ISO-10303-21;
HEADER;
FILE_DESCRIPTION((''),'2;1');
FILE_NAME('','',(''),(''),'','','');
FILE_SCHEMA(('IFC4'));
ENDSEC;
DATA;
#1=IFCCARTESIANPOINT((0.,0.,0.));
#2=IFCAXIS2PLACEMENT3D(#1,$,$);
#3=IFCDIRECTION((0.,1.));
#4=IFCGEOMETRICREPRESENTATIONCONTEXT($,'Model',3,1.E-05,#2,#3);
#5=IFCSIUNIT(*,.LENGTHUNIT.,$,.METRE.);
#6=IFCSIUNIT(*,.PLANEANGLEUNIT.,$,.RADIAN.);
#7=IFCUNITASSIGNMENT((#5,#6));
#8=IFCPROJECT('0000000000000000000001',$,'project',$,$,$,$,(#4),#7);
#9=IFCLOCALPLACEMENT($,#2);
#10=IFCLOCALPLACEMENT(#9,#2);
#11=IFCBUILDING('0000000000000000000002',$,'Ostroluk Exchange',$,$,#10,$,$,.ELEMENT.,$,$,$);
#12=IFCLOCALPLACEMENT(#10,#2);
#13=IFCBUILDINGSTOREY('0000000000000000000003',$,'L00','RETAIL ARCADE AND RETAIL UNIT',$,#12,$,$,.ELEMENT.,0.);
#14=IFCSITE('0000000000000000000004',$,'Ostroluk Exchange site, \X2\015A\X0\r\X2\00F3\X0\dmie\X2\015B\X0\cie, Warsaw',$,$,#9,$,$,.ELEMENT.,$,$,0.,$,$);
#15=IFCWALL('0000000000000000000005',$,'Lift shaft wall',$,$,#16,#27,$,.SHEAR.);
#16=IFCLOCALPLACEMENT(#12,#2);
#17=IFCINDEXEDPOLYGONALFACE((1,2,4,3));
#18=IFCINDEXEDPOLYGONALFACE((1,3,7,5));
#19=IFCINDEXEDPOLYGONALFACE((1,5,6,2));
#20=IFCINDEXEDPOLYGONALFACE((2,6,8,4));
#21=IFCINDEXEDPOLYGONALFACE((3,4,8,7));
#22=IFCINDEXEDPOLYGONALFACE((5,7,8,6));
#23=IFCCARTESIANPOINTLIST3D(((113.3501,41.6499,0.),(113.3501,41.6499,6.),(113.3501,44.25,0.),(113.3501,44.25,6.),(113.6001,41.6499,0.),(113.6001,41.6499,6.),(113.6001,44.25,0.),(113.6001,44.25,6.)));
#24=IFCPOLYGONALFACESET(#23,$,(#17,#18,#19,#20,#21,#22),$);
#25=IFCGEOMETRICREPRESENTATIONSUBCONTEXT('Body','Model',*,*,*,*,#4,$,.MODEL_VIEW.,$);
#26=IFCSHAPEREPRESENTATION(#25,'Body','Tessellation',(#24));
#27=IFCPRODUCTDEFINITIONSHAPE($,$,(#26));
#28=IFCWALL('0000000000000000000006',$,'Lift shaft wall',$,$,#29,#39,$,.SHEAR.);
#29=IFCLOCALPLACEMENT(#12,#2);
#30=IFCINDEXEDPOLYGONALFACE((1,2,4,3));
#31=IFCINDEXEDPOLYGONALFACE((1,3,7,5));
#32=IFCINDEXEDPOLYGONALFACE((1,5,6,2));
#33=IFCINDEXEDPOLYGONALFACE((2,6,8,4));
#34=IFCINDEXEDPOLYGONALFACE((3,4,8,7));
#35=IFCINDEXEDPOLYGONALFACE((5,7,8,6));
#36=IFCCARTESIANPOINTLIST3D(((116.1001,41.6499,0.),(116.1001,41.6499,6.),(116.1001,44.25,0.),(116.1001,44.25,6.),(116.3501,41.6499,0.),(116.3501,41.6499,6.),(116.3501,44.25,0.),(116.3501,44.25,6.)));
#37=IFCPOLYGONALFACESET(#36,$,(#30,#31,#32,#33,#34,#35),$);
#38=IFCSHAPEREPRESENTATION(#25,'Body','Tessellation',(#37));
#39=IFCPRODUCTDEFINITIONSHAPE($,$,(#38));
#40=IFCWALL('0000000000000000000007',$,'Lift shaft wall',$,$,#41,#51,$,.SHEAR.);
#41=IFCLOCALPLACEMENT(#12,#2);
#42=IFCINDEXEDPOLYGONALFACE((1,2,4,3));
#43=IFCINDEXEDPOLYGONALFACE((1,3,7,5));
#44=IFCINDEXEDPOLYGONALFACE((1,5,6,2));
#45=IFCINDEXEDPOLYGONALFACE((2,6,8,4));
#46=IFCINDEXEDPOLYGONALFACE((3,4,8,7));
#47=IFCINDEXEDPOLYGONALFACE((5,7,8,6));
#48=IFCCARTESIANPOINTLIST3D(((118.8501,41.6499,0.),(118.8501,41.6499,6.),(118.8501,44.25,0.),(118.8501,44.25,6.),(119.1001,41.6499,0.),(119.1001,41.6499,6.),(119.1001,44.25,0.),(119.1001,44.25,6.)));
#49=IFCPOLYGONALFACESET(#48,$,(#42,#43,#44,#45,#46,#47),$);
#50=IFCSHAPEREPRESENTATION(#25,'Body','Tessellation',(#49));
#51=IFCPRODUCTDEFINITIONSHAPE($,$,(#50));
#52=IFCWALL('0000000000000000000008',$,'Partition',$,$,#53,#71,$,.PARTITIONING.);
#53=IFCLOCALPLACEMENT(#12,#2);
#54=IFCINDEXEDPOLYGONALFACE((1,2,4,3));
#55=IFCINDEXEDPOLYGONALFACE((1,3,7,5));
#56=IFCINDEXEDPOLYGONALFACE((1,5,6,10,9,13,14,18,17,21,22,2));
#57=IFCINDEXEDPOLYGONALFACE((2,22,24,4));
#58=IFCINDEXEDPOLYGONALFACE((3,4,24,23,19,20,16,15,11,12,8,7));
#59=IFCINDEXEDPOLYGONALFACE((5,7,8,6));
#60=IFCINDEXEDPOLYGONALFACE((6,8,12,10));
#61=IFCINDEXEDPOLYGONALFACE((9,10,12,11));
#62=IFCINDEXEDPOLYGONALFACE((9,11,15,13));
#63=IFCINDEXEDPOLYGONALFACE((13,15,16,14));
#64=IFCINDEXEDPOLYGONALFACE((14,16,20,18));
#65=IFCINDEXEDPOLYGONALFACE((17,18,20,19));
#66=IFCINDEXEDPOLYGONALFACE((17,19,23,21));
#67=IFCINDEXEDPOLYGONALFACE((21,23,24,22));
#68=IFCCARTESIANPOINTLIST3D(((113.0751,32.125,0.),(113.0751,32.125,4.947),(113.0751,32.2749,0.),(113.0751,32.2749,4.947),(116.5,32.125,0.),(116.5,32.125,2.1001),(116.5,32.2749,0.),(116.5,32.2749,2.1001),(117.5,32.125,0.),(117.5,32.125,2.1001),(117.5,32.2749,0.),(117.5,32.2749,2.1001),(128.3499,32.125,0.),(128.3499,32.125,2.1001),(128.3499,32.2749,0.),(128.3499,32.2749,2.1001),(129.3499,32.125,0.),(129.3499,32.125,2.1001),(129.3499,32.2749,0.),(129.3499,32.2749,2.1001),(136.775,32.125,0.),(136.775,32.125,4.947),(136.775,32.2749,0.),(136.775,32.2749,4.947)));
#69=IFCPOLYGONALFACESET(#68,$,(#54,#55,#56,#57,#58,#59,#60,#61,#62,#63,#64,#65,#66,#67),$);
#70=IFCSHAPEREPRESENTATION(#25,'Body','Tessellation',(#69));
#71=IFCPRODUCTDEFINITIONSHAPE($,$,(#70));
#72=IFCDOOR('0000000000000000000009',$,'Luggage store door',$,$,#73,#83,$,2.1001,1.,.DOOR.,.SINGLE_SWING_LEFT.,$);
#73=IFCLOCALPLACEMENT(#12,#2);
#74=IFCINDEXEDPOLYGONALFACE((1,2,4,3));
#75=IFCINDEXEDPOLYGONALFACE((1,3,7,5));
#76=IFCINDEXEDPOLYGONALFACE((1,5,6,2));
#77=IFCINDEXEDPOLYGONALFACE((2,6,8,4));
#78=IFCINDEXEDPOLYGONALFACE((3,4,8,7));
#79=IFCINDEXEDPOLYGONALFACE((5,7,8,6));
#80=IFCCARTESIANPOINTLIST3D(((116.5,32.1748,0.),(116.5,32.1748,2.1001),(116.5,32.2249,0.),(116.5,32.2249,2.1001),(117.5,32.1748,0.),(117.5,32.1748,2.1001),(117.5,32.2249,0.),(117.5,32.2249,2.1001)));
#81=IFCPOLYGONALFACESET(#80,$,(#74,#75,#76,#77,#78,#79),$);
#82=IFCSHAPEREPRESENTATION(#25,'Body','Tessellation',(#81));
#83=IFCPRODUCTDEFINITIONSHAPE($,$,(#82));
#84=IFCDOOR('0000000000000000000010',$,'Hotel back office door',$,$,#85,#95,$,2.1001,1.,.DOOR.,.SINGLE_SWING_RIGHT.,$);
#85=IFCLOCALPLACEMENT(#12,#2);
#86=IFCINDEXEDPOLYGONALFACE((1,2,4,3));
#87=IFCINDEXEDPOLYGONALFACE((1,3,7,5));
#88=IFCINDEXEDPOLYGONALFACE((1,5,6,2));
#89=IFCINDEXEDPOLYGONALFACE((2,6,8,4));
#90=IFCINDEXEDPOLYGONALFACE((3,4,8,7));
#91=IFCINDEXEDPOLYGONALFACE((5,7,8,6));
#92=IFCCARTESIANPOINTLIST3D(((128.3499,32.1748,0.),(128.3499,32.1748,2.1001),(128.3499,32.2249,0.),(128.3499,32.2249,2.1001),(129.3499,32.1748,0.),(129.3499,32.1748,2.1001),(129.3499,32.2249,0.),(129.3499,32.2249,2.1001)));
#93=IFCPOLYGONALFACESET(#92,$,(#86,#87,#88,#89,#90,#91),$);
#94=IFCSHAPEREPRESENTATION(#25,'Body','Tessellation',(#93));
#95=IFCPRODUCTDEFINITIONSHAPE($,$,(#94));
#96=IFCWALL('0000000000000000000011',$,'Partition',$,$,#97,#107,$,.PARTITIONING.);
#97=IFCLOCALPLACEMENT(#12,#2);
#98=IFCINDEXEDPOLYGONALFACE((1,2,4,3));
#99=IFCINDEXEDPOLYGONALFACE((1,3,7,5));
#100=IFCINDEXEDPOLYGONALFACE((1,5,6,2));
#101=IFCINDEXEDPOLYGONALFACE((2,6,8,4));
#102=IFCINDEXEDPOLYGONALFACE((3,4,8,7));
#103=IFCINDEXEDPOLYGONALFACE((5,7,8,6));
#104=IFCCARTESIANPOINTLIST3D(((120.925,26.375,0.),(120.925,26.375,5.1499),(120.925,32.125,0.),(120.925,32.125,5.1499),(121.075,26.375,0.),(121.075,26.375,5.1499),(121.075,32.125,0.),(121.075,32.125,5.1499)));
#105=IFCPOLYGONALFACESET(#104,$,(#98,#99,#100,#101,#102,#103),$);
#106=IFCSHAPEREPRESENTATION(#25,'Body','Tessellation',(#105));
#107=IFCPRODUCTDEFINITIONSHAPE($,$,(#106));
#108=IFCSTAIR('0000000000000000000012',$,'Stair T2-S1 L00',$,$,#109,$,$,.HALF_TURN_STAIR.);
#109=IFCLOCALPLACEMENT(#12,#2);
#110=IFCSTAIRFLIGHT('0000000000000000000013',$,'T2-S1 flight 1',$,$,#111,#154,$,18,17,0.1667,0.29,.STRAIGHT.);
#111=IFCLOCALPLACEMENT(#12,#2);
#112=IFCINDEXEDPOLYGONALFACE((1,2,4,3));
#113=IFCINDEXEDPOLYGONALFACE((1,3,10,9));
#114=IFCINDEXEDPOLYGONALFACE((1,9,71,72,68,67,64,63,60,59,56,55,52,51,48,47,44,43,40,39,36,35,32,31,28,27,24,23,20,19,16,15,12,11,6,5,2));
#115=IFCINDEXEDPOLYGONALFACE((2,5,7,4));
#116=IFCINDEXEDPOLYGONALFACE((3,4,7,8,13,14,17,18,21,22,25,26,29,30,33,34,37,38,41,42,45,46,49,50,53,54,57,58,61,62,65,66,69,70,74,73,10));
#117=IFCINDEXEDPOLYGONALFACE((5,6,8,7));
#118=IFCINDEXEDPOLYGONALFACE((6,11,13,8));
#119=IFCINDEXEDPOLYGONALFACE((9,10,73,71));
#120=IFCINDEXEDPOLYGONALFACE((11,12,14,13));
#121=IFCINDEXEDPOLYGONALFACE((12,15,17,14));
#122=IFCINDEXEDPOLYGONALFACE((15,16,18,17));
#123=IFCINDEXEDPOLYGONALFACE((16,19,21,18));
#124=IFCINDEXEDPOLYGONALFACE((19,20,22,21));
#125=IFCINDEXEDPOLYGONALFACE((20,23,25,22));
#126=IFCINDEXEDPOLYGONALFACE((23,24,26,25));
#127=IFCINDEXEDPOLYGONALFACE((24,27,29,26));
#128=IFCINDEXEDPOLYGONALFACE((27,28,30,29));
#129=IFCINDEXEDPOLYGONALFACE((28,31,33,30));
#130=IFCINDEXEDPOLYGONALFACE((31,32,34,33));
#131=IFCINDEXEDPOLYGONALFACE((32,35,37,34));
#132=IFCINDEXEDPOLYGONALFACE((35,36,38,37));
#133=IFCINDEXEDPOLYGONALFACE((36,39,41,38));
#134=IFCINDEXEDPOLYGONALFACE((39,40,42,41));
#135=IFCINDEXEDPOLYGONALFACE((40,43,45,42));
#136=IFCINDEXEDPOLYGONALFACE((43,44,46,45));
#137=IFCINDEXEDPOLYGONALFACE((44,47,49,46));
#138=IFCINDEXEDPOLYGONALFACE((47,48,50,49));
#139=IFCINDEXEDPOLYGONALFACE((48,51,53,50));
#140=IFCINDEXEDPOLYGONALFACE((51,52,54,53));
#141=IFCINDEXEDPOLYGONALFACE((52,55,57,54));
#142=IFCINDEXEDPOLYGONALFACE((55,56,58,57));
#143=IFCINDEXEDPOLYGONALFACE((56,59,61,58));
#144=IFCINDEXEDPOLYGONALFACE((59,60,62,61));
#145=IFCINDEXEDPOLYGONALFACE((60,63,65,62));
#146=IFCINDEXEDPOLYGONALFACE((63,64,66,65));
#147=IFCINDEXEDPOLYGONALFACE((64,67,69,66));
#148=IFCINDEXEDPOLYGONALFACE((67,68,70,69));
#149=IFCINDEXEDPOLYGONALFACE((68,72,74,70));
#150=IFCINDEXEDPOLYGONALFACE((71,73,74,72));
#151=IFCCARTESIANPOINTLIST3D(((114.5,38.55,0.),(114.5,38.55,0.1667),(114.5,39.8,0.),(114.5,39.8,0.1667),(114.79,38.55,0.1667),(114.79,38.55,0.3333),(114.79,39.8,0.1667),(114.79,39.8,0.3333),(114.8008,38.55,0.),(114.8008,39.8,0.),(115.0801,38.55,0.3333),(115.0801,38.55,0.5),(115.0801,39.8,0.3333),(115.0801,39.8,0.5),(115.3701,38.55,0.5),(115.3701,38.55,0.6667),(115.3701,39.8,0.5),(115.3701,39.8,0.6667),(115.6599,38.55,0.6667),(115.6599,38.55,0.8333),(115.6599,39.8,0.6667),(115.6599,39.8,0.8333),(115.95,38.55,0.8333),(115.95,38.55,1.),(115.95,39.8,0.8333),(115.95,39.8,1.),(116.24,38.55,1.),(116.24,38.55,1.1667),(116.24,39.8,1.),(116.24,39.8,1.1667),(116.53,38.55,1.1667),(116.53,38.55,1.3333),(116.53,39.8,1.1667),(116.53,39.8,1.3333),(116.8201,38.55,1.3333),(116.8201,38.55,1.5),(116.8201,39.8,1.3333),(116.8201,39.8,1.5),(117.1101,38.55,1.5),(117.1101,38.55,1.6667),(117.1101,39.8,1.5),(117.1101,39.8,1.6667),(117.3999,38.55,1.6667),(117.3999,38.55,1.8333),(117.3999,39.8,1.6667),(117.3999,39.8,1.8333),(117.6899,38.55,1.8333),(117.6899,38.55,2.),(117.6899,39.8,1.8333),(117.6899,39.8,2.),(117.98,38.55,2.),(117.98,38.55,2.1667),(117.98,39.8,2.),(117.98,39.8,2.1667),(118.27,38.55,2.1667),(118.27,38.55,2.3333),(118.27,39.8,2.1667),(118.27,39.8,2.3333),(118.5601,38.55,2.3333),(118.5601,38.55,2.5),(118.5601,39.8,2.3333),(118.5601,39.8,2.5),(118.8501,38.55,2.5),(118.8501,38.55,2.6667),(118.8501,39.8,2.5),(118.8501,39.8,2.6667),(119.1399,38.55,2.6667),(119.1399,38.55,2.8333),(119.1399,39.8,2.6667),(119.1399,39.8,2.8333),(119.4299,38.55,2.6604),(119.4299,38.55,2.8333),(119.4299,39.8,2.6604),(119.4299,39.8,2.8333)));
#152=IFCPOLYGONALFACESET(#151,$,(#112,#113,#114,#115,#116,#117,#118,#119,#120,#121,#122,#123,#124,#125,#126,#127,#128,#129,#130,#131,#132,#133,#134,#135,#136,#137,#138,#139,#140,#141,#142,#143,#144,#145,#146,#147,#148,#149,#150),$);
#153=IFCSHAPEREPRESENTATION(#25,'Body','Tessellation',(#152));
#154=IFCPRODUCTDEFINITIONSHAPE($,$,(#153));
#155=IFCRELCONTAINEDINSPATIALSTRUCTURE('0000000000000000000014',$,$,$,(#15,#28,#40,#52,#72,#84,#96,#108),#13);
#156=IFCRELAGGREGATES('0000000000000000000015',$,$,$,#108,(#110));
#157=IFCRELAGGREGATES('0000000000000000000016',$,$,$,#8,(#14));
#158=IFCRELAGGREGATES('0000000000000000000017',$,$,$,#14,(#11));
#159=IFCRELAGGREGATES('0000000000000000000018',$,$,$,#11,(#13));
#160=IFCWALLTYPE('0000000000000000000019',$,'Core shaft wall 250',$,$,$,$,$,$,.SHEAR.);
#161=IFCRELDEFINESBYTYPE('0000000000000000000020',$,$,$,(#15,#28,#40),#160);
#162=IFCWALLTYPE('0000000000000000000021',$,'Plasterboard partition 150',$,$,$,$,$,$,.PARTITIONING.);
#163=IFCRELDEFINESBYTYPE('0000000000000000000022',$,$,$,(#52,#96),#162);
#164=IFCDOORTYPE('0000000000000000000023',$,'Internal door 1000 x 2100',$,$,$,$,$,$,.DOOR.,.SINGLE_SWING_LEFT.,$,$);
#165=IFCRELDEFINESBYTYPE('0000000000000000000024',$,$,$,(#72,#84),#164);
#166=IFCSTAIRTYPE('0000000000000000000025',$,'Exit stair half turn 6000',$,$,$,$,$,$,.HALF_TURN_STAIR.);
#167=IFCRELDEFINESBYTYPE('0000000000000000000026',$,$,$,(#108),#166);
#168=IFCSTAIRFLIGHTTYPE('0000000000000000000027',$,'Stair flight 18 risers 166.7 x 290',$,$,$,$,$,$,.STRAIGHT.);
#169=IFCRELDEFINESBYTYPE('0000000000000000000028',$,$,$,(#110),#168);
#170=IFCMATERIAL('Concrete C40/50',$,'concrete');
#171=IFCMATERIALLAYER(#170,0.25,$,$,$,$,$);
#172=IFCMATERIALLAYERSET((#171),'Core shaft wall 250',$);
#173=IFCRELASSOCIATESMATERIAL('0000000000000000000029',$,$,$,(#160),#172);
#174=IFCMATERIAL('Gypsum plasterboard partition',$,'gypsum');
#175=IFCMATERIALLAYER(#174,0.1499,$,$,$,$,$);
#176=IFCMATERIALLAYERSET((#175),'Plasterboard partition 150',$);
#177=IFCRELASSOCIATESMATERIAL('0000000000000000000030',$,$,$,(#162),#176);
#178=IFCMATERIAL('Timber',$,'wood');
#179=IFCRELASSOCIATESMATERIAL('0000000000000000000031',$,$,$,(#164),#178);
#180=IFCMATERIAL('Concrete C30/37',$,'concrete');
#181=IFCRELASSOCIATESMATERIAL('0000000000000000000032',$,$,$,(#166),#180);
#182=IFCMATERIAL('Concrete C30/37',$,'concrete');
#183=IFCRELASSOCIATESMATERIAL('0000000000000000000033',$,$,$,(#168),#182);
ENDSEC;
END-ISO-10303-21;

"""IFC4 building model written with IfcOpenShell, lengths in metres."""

from ifc_helpers import new_model, si_unit, direction, frame, frame_2d, origin, place, context, subcontext, project, spatial, polyline, rectangle, outline, extrude, material, layer, layer_set, type_object, element, fill, aggregate, save


model = new_model("IFC4")

# Units and contexts
model_context = context("Model", 3, precision=1e-05, world=origin(), true_north=direction((0.0, 1.0)))
body_context = subcontext(model_context, "Body", "Model", "MODEL_VIEW")
ifc_project = project(units=[si_unit("LENGTHUNIT", "METRE"), si_unit("PLANEANGLEUNIT", "RADIAN")], contexts=[model_context])

# Site, building, storey
site_placement = place(None, origin())
site = spatial("IfcSite", under=ifc_project, at=site_placement, Name="Ostroluk Exchange site, Śródmieście, Warsaw", CompositionType="ELEMENT", RefElevation=0.0)
building_placement = place(site_placement, origin())
building = spatial("IfcBuilding", under=site, at=building_placement, Name="Ostroluk Exchange", CompositionType="ELEMENT")
storey_placement = place(building_placement, origin())
storey = spatial("IfcBuildingStorey", under=building, at=storey_placement, Name="L00", Description="RETAIL ARCADE AND RETAIL UNIT", CompositionType="ELEMENT", Elevation=0.0)

# Shared definitions
ifc_material_1 = material(Name="Concrete C40/50", Category="concrete")
ifc_layer_1 = layer(ifc_material_1, 0.25)
ifc_layer_set_1 = layer_set([ifc_layer_1], Name="Core shaft wall 250")
wall_type_1 = type_object("IfcWallType", Name="Core shaft wall 250", PredefinedType="SHEAR", material=ifc_layer_set_1)

# Walls
for number, where, z_axis, x_axis, name in (
    (1, (113.4751, 44.25, 0.0), (0.0, 0.0, 1.0), (0.0, -1.0, 0.0), "Lift shaft wall"),
    (2, (116.2251, 44.25, 0.0), (0.0, 0.0, 1.0), (0.0, -1.0, 0.0), "Lift shaft wall"),
    (3, (118.9751, 44.25, 0.0), (0.0, 0.0, 1.0), (0.0, -1.0, 0.0), "Lift shaft wall"),
):
    element("IfcWall", number, at=place(storey_placement, frame(where, z_axis=z_axis, x_axis=x_axis)), inside=storey, type_object=wall_type_1, Name=name, PredefinedType="SHEAR", context=body_context, shape_type="SweptSolid", body=[
        extrude(rectangle(XDim=2.6001, YDim=0.25, at=frame_2d((1.3, 0.0))), origin(), (0.0, 0.0, 1.0), 6.0),
    ])

# Wall, openings, doors
ifc_material_2 = material(Name="Gypsum plasterboard partition", Category="gypsum")
ifc_layer_2 = layer(ifc_material_2, 0.1499)
ifc_layer_set_2 = layer_set([ifc_layer_2], Name="Plasterboard partition 150")
wall_type_2 = type_object("IfcWallType", Name="Plasterboard partition 150", PredefinedType="PARTITIONING", material=ifc_layer_set_2)
wall_1_placement = place(storey_placement, frame((113.075, 32.2, 0.0), z_axis=(0.0, 0.0, 1.0), x_axis=(1.0, 0.0, 0.0)))
wall_1 = element("IfcWall", 4, at=wall_1_placement, inside=storey, type_object=wall_type_2, Name="Partition", PredefinedType="PARTITIONING", context=body_context, shape_type="SweptSolid", body=[
    extrude(rectangle(XDim=23.7, YDim=0.1499, at=frame_2d((11.8501, 0.0))), origin(), (0.0, 0.0, 1.0), 4.947),
])
opening_1_placement = place(wall_1_placement, frame((3.425, 0.0, 0.0)))
opening_1 = element("IfcOpeningElement", 5, at=opening_1_placement, cuts=wall_1, PredefinedType="OPENING", context=body_context, shape_type="SweptSolid", body=[
    extrude(rectangle(XDim=1.0, YDim=2.1001, at=frame_2d((0.5, 1.05))), frame((0.0, 0.085, 0.0), z_axis=(0.0, -1.0, 0.0), x_axis=(1.0, 0.0, 0.0)), (0.0, 0.0, 1.0), 0.1699),
])
opening_2_placement = place(wall_1_placement, frame((15.2749, 0.0, 0.0)))
opening_2 = element("IfcOpeningElement", 6, at=opening_2_placement, cuts=wall_1, PredefinedType="OPENING", context=body_context, shape_type="SweptSolid", body=[
    extrude(rectangle(XDim=1.0, YDim=2.1001, at=frame_2d((0.5, 1.05))), frame((0.0, 0.085, 0.0), z_axis=(0.0, -1.0, 0.0), x_axis=(1.0, 0.0, 0.0)), (0.0, 0.0, 1.0), 0.1699),
])
ifc_material_3 = material(Name="Timber", Category="wood")
door_type_1 = type_object("IfcDoorType", Name="Internal door 1000 x 2100", OperationType="SINGLE_SWING_LEFT", PredefinedType="DOOR", material=ifc_material_3)
door_1_placement = place(opening_1_placement, origin())
door_1 = element("IfcDoor", 7, at=door_1_placement, inside=storey, type_object=door_type_1, Name="Luggage store door", OperationType="SINGLE_SWING_LEFT", OverallHeight=2.1001, OverallWidth=1.0, PredefinedType="DOOR", context=body_context, shape_type="SweptSolid", body=[
    extrude(rectangle(XDim=1.0, YDim=2.1001, at=frame_2d((0.5, 1.05))), frame((0.0, 0.0249, 0.0), z_axis=(0.0, -1.0, 0.0), x_axis=(1.0, 0.0, 0.0)), (0.0, 0.0, 1.0), 0.05),
])
fill(opening_1, door_1)
door_2_placement = place(opening_2_placement, origin())
door_2 = element("IfcDoor", 8, at=door_2_placement, inside=storey, type_object=door_type_1, Name="Hotel back office door", OperationType="SINGLE_SWING_RIGHT", OverallHeight=2.1001, OverallWidth=1.0, PredefinedType="DOOR", context=body_context, shape_type="SweptSolid", body=[
    extrude(rectangle(XDim=1.0, YDim=2.1001, at=frame_2d((0.5, 1.05))), frame((0.0, 0.0249, 0.0), z_axis=(0.0, -1.0, 0.0), x_axis=(1.0, 0.0, 0.0)), (0.0, 0.0, 1.0), 0.05),
])
fill(opening_2, door_2)

# Wall
wall_2_placement = place(storey_placement, frame((121.0, 26.375, 0.0), z_axis=(0.0, 0.0, 1.0), x_axis=(0.0, 1.0, 0.0)))
element("IfcWall", 9, at=wall_2_placement, inside=storey, type_object=wall_type_2, Name="Partition", PredefinedType="PARTITIONING", context=body_context, shape_type="SweptSolid", body=[
    extrude(rectangle(XDim=5.75, YDim=0.1499, at=frame_2d((2.875, 0.0))), origin(), (0.0, 0.0, 1.0), 5.1499),
])

# Stair, stair flight
ifc_material_4 = material(Name="Concrete C30/37", Category="concrete")
stair_type = type_object("IfcStairType", Name="Exit stair half turn 6000", PredefinedType="HALF_TURN_STAIR", material=ifc_material_4)
stair_placement = place(storey_placement, origin())
stair = element("IfcStair", 10, at=stair_placement, inside=storey, type_object=stair_type, Name="Stair T2-S1 L00", PredefinedType="HALF_TURN_STAIR")
ifc_material_5 = material(Name="Concrete C30/37", Category="concrete")
stair_flight_type = type_object("IfcStairFlightType", Name="Stair flight 18 risers 166.7 x 290", PredefinedType="STRAIGHT", material=ifc_material_5)
stair_flight_1_placement = place(storey_placement, frame((114.5, 39.175, 0.0), z_axis=(0.0, 0.0, 1.0), x_axis=(1.0, 0.0, 0.0)))
stair_flight_1 = element("IfcStairFlight", 11, at=stair_flight_1_placement, type_object=stair_flight_type, Name="T2-S1 flight 1", NumberOfRisers=18, NumberOfTreads=17, PredefinedType="STRAIGHT", RiserHeight=0.1667, TreadLength=0.29, context=body_context, shape_type="SweptSolid", body=[
    extrude(outline(polyline([(0.0, 0.0), (0.0, 0.1667), (0.29, 0.1667), (0.29, 0.3333), (0.5801, 0.3333), (0.5801, 0.5), (0.8701, 0.5), (0.8701, 0.6667), (1.1599, 0.6667), (1.1599, 0.8333), (1.45, 0.8333), (1.45, 1.0), (1.74, 1.0), (1.74, 1.1667), (2.03, 1.1667), (2.03, 1.3333), (2.3201, 1.3333), (2.3201, 1.5), (2.6101, 1.5), (2.6101, 1.6667), (2.8999, 1.6667), (2.8999, 1.8333), (3.1899, 1.8333), (3.1899, 2.0), (3.48, 2.0), (3.48, 2.1667), (3.77, 2.1667), (3.77, 2.3333), (4.0601, 2.3333), (4.0601, 2.5), (4.3501, 2.5), (4.3501, 2.6667), (4.6399, 2.6667), (4.6399, 2.8333), (4.9299, 2.8333), (4.9299, 3.0), (4.9299, 2.6604), (0.3008, 0.0), (0.0, 0.0)])), frame((0.0, 0.625, 0.0), z_axis=(0.0, -1.0, 0.0), x_axis=(1.0, 0.0, 0.0)), (0.0, 0.0, 1.0), 1.25),
])
aggregate(stair, [stair_flight_1])

save(model, "model.ifc")
